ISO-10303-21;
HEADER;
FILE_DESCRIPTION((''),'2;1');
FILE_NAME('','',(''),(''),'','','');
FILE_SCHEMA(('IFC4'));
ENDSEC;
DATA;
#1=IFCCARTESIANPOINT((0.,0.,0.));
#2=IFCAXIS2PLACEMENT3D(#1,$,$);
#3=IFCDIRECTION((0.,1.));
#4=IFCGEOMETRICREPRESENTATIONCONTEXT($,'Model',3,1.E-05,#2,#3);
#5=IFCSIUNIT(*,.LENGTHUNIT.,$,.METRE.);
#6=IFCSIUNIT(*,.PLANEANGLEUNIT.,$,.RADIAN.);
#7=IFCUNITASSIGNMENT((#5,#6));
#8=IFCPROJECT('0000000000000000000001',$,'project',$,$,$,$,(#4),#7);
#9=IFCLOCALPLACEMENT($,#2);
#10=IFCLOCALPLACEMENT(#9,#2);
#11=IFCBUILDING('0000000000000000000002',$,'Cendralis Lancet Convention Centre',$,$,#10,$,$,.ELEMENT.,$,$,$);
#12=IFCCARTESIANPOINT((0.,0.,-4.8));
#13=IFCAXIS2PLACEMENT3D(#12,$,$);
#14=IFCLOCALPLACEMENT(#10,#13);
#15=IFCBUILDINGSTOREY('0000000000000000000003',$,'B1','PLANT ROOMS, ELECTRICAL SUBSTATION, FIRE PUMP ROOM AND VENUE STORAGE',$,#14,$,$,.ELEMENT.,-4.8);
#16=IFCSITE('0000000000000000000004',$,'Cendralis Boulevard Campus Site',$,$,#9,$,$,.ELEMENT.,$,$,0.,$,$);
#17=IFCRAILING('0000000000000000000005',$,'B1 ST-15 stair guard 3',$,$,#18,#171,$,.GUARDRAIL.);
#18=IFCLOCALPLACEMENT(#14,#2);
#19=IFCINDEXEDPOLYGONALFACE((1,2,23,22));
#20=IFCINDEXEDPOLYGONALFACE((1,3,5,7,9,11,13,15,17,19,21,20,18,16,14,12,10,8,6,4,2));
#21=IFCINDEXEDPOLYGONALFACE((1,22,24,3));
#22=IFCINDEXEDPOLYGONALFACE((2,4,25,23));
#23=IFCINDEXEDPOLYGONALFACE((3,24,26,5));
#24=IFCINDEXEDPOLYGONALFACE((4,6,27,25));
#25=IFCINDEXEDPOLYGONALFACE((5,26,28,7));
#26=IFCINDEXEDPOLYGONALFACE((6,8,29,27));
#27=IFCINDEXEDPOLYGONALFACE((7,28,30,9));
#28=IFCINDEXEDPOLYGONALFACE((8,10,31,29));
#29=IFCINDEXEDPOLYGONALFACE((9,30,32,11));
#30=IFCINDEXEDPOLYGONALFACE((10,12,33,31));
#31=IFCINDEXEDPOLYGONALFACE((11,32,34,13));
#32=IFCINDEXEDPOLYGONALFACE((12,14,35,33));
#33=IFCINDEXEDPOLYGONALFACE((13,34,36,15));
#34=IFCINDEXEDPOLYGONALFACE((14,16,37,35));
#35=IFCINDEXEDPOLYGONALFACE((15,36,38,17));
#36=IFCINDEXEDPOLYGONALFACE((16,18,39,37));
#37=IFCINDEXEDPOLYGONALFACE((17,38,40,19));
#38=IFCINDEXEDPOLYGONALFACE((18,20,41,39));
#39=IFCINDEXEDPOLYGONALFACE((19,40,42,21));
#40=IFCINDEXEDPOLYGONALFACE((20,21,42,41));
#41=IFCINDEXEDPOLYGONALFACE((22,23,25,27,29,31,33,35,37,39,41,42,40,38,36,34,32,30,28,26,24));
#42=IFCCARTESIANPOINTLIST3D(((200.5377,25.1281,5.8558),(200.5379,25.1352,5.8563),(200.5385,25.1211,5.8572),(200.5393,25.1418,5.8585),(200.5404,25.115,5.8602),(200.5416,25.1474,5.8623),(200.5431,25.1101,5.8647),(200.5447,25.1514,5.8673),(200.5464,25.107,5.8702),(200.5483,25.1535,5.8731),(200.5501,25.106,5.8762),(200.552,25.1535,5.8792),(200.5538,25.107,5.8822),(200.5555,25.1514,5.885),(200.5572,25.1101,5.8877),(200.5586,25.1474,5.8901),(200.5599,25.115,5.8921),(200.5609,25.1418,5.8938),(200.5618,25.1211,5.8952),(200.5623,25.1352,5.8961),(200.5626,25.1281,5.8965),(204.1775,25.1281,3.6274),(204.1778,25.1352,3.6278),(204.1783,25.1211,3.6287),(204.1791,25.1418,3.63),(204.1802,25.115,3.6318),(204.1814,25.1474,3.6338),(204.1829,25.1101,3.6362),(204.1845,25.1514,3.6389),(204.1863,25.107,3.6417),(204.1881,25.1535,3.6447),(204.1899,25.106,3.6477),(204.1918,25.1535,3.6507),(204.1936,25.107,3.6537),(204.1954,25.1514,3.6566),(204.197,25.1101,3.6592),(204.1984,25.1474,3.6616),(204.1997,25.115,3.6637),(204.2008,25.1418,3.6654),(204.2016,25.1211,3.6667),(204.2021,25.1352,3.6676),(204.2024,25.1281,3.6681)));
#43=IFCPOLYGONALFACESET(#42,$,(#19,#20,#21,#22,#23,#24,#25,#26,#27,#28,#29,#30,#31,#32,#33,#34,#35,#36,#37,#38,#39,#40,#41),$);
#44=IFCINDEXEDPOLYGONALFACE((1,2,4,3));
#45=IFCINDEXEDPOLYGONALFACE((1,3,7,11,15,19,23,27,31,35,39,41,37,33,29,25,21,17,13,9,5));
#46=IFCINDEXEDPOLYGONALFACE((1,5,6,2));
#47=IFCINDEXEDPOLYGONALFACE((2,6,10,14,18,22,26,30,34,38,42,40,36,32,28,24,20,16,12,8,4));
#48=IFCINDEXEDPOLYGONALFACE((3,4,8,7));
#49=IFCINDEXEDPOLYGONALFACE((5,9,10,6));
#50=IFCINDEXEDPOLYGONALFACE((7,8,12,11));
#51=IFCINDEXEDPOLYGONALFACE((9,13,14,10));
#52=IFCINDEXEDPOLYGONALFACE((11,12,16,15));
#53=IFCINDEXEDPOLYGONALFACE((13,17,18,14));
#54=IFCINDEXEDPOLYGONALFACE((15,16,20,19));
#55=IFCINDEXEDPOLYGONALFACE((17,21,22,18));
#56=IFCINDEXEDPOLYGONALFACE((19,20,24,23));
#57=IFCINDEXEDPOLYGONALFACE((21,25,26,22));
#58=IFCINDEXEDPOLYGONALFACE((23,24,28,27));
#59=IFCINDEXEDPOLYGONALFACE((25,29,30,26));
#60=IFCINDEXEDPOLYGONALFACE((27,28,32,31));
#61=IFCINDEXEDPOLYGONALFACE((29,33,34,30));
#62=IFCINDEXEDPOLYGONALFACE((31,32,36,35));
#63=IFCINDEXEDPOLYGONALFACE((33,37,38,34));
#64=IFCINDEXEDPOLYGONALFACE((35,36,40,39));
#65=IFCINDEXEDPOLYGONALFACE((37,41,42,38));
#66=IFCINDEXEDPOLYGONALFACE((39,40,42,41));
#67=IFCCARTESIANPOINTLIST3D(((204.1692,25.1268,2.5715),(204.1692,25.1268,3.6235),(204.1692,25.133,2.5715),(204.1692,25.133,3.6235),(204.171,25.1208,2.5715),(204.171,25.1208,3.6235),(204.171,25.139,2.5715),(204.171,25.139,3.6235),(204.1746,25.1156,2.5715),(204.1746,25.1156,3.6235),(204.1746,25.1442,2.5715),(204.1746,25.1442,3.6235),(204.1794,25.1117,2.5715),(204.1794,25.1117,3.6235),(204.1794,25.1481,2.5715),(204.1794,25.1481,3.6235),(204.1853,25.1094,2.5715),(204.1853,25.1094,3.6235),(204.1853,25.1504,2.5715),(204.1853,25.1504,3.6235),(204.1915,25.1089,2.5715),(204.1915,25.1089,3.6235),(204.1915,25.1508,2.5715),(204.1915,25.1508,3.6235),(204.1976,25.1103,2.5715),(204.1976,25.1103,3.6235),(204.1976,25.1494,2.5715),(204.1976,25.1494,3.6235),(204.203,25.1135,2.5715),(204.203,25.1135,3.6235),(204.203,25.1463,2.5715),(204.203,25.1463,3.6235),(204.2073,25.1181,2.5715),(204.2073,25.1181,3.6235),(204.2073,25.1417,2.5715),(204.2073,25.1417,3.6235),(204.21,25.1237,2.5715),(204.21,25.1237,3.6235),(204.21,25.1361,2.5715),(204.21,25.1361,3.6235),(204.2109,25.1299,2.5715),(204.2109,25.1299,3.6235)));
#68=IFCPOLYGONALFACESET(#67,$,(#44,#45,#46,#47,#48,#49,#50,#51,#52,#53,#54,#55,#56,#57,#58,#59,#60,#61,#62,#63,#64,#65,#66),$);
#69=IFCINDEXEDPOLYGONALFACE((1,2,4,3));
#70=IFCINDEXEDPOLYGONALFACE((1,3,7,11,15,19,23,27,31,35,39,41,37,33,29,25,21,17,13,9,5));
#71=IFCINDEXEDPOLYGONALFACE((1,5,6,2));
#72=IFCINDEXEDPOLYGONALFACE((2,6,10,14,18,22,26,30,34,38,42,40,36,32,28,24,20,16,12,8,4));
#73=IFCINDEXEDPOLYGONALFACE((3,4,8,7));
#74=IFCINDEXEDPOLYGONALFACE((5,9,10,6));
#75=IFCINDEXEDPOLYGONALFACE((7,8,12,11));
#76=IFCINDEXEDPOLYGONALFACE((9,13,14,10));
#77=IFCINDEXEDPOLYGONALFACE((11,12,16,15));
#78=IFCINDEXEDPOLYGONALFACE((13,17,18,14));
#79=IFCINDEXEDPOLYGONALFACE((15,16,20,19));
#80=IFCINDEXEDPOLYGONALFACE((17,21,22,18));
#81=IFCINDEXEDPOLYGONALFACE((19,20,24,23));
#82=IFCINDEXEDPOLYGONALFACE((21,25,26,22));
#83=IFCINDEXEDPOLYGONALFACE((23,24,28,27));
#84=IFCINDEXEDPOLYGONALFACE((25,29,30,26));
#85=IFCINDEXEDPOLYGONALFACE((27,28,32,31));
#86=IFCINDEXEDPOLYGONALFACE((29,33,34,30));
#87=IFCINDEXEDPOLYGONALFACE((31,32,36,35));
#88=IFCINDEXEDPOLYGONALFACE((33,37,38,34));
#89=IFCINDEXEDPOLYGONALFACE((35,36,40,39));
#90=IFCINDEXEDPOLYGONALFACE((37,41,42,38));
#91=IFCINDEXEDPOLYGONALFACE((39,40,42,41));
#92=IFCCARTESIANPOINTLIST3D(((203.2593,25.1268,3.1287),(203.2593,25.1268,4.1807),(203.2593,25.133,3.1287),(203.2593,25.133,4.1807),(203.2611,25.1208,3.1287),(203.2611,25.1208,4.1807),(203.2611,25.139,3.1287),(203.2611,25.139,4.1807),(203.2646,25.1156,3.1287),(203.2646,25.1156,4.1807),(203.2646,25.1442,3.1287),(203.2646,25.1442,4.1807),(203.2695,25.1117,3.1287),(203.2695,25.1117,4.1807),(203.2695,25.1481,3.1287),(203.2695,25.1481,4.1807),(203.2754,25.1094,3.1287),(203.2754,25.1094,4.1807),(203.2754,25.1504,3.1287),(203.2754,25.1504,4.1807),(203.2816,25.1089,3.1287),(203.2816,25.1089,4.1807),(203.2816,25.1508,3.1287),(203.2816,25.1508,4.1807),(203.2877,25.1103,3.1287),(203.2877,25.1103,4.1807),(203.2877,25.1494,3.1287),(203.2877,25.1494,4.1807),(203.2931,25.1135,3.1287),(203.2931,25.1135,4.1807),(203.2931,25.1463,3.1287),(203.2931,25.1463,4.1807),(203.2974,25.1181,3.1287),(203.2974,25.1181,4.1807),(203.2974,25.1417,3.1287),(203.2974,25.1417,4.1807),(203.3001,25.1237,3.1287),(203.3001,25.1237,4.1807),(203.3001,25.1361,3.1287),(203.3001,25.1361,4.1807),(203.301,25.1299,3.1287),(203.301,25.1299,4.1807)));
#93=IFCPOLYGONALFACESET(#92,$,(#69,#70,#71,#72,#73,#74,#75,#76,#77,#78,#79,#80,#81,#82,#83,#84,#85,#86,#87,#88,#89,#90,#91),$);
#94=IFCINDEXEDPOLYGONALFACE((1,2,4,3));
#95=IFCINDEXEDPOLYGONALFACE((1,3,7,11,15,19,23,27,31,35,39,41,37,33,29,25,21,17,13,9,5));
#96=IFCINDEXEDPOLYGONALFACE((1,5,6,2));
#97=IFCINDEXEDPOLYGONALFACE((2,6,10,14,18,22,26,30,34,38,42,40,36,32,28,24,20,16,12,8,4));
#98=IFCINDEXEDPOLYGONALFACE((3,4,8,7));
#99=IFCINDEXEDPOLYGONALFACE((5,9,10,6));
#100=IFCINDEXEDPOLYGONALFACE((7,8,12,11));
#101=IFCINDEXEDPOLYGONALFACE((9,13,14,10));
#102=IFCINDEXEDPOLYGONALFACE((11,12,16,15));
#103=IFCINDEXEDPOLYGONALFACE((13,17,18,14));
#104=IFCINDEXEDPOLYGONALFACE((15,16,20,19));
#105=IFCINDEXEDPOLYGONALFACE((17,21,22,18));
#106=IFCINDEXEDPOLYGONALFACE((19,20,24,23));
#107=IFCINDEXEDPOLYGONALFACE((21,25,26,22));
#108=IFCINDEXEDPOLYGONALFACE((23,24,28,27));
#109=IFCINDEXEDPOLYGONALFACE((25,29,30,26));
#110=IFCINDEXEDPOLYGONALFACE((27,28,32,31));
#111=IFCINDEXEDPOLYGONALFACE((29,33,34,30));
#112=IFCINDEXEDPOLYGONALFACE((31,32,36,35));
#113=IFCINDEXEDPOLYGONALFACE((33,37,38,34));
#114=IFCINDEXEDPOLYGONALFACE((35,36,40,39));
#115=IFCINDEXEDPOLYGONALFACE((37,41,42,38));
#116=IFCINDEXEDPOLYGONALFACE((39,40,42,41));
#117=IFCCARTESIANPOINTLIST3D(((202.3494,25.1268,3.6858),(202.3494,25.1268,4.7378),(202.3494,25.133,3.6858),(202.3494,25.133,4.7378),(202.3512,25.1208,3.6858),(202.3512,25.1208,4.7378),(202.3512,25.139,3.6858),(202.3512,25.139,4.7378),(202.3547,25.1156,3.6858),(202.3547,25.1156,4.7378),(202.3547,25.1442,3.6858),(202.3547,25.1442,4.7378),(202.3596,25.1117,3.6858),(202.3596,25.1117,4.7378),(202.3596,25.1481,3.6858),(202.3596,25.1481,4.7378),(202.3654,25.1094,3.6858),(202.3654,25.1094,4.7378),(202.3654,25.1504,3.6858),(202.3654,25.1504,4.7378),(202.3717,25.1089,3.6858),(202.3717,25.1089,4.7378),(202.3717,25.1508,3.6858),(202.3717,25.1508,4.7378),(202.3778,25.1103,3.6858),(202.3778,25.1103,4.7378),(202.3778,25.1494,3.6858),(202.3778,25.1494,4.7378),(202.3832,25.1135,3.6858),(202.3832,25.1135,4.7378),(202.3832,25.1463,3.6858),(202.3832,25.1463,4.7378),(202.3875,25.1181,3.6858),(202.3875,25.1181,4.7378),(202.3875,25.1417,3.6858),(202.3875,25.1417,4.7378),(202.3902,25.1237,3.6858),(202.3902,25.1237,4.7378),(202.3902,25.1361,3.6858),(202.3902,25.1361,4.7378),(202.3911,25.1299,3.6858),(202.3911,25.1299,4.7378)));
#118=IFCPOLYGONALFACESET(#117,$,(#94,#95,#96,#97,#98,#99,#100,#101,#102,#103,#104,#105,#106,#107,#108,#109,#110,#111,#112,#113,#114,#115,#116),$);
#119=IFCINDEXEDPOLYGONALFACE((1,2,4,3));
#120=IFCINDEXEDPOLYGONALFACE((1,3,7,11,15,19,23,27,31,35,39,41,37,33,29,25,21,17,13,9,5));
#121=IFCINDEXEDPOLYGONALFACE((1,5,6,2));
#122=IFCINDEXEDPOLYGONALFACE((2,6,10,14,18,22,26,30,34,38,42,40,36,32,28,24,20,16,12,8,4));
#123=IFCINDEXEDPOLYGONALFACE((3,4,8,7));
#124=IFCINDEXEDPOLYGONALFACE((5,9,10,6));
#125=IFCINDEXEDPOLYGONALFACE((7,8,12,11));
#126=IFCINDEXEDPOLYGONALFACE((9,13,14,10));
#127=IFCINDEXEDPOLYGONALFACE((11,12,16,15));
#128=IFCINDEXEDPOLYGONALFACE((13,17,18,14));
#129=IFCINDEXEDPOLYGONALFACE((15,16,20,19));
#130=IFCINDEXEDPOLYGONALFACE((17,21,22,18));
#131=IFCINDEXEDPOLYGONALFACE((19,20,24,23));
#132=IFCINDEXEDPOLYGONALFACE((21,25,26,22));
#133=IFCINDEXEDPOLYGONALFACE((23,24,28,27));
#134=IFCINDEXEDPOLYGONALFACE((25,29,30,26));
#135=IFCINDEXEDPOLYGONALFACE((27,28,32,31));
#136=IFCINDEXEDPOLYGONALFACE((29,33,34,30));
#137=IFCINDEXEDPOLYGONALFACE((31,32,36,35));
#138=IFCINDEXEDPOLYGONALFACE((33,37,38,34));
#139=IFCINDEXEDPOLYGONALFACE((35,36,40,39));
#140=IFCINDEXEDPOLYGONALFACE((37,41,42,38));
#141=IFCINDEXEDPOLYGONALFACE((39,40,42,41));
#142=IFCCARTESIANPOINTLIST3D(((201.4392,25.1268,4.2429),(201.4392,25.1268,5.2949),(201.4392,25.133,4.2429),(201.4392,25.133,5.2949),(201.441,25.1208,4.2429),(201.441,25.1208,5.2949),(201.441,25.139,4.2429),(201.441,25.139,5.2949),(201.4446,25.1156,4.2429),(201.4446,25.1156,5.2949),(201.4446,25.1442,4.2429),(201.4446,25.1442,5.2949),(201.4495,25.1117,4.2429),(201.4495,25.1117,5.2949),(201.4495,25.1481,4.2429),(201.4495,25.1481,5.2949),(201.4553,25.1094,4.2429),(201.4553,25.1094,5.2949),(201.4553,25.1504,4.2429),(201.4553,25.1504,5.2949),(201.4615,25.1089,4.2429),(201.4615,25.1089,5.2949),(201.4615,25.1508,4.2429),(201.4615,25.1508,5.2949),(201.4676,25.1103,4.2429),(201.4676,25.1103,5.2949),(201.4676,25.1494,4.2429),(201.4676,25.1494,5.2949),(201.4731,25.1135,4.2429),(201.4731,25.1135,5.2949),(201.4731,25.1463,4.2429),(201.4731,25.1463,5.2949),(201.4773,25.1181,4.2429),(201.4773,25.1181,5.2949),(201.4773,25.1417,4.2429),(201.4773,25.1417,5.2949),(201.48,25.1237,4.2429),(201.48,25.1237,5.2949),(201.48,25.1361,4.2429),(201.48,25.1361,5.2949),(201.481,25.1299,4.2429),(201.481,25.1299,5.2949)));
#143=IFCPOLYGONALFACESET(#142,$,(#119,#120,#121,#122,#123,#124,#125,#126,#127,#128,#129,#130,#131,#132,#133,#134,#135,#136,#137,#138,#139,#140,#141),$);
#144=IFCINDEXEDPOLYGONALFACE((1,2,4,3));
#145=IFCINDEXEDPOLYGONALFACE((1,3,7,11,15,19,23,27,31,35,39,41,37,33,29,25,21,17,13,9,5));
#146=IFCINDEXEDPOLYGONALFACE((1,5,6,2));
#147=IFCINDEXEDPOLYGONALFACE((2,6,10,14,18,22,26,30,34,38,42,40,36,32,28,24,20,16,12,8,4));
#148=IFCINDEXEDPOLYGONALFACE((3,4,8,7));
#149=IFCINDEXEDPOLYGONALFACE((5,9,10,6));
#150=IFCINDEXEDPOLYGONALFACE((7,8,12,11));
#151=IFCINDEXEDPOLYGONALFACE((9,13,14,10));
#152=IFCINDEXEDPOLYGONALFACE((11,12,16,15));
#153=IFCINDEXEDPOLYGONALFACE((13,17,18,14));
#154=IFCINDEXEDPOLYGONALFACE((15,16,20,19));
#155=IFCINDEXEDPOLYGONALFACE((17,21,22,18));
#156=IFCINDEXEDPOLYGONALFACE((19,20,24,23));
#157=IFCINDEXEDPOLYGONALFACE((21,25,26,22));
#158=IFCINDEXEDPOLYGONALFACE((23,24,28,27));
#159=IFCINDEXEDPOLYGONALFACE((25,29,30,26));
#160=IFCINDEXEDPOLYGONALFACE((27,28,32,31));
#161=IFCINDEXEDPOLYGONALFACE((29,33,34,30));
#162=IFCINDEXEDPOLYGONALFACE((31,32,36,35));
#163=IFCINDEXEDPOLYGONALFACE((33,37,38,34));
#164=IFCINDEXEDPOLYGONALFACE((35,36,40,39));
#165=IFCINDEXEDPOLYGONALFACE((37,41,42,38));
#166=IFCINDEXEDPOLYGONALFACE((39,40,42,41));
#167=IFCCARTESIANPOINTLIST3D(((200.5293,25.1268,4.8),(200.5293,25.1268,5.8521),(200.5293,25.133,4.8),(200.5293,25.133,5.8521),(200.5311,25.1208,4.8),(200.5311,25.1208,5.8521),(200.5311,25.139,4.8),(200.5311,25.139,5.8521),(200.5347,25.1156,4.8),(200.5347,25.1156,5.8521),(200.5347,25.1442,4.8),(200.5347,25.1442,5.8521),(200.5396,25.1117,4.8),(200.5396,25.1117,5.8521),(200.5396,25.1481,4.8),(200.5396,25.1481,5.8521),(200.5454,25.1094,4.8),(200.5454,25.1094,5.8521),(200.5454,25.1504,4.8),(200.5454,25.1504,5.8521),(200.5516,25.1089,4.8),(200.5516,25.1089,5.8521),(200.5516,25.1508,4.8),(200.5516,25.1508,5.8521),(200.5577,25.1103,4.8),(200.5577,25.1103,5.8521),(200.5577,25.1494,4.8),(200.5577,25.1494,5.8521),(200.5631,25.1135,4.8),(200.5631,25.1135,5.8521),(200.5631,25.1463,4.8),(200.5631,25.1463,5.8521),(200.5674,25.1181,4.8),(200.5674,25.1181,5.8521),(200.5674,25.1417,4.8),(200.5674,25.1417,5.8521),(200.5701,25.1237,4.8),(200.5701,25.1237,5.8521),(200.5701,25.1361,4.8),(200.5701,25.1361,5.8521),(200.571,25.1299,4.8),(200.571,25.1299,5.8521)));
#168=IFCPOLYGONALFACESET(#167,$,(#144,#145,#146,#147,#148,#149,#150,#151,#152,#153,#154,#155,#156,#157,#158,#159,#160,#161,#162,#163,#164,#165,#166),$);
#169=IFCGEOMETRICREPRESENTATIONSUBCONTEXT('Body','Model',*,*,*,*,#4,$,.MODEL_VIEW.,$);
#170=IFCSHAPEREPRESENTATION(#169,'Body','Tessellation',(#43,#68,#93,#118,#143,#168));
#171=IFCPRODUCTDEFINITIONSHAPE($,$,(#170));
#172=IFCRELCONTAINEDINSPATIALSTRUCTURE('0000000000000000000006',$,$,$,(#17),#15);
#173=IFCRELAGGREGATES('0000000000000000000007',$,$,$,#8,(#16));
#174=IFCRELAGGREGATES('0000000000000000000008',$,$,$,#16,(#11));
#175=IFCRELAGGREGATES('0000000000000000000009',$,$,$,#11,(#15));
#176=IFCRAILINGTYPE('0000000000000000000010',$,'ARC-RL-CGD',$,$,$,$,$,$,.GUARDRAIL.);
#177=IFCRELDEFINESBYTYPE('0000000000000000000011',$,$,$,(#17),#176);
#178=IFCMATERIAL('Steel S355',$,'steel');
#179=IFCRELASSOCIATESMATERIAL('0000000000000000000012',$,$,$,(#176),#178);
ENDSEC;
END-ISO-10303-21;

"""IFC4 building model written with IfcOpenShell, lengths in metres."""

from ifc_helpers import new_model, si_unit, direction, frame, origin, origin_2d, place, context, subcontext, project, spatial, circle, extrude, material, type_object, element, save


model = new_model("IFC4")

# Units and contexts
model_context = context("Model", 3, precision=1e-05, world=origin(), true_north=direction((0.0, 1.0)))
body_context = subcontext(model_context, "Body", "Model", "MODEL_VIEW")
ifc_project = project(units=[si_unit("LENGTHUNIT", "METRE"), si_unit("PLANEANGLEUNIT", "RADIAN")], contexts=[model_context])

# Site, building, storey
site_placement = place(None, origin())
site = spatial("IfcSite", under=ifc_project, at=site_placement, Name="Cendralis Boulevard Campus Site", CompositionType="ELEMENT", RefElevation=0.0)
building_placement = place(site_placement, origin())
building = spatial("IfcBuilding", under=site, at=building_placement, Name="Cendralis Lancet Convention Centre", CompositionType="ELEMENT")
storey_placement = place(building_placement, frame((0.0, 0.0, -4.8)))
storey = spatial("IfcBuildingStorey", under=building, at=storey_placement, Name="B1", Description="PLANT ROOMS, ELECTRICAL SUBSTATION, FIRE PUMP ROOM AND VENUE STORAGE", CompositionType="ELEMENT", Elevation=-4.8)

# Railing
ifc_material_1 = material(Name="Steel S355", Category="steel")
railing_type_1 = type_object("IfcRailingType", Name="ARC-RL-CGD", PredefinedType="GUARDRAIL", material=ifc_material_1)
railing_1_placement = place(storey_placement, frame((204.1899, 25.1299, 2.5715)))
element("IfcRailing", 1, at=railing_1_placement, inside=storey, type_object=railing_type_1, Name="B1 ST-15 stair guard 3", PredefinedType="GUARDRAIL", context=body_context, shape_type="SweptSolid", body=[
    extrude(circle(Radius=0.0239, at=origin_2d()), frame((0.0, 0.0, 1.0762), z_axis=(-0.85285, 0.0, 0.522156), x_axis=(0.0, -1.0, 0.0)), (0.0, 0.0, 1.0), 4.2678),
    extrude(circle(Radius=0.021, at=origin_2d()), origin(), (0.0, 0.0, 1.0), 1.052),
    extrude(circle(Radius=0.021, at=origin_2d()), frame((-0.9099, 0.0, 0.5571)), (0.0, 0.0, 1.0), 1.052),
    extrude(circle(Radius=0.021, at=origin_2d()), frame((-1.8198, 0.0, 1.1143)), (0.0, 0.0, 1.0), 1.052),
    extrude(circle(Radius=0.021, at=origin_2d()), frame((-2.73, 0.0, 1.6714)), (0.0, 0.0, 1.0), 1.052),
    extrude(circle(Radius=0.021, at=origin_2d()), frame((-3.6399, 0.0, 2.2285)), (0.0, 0.0, 1.0), 1.052),
])

save(model, "model.ifc")
